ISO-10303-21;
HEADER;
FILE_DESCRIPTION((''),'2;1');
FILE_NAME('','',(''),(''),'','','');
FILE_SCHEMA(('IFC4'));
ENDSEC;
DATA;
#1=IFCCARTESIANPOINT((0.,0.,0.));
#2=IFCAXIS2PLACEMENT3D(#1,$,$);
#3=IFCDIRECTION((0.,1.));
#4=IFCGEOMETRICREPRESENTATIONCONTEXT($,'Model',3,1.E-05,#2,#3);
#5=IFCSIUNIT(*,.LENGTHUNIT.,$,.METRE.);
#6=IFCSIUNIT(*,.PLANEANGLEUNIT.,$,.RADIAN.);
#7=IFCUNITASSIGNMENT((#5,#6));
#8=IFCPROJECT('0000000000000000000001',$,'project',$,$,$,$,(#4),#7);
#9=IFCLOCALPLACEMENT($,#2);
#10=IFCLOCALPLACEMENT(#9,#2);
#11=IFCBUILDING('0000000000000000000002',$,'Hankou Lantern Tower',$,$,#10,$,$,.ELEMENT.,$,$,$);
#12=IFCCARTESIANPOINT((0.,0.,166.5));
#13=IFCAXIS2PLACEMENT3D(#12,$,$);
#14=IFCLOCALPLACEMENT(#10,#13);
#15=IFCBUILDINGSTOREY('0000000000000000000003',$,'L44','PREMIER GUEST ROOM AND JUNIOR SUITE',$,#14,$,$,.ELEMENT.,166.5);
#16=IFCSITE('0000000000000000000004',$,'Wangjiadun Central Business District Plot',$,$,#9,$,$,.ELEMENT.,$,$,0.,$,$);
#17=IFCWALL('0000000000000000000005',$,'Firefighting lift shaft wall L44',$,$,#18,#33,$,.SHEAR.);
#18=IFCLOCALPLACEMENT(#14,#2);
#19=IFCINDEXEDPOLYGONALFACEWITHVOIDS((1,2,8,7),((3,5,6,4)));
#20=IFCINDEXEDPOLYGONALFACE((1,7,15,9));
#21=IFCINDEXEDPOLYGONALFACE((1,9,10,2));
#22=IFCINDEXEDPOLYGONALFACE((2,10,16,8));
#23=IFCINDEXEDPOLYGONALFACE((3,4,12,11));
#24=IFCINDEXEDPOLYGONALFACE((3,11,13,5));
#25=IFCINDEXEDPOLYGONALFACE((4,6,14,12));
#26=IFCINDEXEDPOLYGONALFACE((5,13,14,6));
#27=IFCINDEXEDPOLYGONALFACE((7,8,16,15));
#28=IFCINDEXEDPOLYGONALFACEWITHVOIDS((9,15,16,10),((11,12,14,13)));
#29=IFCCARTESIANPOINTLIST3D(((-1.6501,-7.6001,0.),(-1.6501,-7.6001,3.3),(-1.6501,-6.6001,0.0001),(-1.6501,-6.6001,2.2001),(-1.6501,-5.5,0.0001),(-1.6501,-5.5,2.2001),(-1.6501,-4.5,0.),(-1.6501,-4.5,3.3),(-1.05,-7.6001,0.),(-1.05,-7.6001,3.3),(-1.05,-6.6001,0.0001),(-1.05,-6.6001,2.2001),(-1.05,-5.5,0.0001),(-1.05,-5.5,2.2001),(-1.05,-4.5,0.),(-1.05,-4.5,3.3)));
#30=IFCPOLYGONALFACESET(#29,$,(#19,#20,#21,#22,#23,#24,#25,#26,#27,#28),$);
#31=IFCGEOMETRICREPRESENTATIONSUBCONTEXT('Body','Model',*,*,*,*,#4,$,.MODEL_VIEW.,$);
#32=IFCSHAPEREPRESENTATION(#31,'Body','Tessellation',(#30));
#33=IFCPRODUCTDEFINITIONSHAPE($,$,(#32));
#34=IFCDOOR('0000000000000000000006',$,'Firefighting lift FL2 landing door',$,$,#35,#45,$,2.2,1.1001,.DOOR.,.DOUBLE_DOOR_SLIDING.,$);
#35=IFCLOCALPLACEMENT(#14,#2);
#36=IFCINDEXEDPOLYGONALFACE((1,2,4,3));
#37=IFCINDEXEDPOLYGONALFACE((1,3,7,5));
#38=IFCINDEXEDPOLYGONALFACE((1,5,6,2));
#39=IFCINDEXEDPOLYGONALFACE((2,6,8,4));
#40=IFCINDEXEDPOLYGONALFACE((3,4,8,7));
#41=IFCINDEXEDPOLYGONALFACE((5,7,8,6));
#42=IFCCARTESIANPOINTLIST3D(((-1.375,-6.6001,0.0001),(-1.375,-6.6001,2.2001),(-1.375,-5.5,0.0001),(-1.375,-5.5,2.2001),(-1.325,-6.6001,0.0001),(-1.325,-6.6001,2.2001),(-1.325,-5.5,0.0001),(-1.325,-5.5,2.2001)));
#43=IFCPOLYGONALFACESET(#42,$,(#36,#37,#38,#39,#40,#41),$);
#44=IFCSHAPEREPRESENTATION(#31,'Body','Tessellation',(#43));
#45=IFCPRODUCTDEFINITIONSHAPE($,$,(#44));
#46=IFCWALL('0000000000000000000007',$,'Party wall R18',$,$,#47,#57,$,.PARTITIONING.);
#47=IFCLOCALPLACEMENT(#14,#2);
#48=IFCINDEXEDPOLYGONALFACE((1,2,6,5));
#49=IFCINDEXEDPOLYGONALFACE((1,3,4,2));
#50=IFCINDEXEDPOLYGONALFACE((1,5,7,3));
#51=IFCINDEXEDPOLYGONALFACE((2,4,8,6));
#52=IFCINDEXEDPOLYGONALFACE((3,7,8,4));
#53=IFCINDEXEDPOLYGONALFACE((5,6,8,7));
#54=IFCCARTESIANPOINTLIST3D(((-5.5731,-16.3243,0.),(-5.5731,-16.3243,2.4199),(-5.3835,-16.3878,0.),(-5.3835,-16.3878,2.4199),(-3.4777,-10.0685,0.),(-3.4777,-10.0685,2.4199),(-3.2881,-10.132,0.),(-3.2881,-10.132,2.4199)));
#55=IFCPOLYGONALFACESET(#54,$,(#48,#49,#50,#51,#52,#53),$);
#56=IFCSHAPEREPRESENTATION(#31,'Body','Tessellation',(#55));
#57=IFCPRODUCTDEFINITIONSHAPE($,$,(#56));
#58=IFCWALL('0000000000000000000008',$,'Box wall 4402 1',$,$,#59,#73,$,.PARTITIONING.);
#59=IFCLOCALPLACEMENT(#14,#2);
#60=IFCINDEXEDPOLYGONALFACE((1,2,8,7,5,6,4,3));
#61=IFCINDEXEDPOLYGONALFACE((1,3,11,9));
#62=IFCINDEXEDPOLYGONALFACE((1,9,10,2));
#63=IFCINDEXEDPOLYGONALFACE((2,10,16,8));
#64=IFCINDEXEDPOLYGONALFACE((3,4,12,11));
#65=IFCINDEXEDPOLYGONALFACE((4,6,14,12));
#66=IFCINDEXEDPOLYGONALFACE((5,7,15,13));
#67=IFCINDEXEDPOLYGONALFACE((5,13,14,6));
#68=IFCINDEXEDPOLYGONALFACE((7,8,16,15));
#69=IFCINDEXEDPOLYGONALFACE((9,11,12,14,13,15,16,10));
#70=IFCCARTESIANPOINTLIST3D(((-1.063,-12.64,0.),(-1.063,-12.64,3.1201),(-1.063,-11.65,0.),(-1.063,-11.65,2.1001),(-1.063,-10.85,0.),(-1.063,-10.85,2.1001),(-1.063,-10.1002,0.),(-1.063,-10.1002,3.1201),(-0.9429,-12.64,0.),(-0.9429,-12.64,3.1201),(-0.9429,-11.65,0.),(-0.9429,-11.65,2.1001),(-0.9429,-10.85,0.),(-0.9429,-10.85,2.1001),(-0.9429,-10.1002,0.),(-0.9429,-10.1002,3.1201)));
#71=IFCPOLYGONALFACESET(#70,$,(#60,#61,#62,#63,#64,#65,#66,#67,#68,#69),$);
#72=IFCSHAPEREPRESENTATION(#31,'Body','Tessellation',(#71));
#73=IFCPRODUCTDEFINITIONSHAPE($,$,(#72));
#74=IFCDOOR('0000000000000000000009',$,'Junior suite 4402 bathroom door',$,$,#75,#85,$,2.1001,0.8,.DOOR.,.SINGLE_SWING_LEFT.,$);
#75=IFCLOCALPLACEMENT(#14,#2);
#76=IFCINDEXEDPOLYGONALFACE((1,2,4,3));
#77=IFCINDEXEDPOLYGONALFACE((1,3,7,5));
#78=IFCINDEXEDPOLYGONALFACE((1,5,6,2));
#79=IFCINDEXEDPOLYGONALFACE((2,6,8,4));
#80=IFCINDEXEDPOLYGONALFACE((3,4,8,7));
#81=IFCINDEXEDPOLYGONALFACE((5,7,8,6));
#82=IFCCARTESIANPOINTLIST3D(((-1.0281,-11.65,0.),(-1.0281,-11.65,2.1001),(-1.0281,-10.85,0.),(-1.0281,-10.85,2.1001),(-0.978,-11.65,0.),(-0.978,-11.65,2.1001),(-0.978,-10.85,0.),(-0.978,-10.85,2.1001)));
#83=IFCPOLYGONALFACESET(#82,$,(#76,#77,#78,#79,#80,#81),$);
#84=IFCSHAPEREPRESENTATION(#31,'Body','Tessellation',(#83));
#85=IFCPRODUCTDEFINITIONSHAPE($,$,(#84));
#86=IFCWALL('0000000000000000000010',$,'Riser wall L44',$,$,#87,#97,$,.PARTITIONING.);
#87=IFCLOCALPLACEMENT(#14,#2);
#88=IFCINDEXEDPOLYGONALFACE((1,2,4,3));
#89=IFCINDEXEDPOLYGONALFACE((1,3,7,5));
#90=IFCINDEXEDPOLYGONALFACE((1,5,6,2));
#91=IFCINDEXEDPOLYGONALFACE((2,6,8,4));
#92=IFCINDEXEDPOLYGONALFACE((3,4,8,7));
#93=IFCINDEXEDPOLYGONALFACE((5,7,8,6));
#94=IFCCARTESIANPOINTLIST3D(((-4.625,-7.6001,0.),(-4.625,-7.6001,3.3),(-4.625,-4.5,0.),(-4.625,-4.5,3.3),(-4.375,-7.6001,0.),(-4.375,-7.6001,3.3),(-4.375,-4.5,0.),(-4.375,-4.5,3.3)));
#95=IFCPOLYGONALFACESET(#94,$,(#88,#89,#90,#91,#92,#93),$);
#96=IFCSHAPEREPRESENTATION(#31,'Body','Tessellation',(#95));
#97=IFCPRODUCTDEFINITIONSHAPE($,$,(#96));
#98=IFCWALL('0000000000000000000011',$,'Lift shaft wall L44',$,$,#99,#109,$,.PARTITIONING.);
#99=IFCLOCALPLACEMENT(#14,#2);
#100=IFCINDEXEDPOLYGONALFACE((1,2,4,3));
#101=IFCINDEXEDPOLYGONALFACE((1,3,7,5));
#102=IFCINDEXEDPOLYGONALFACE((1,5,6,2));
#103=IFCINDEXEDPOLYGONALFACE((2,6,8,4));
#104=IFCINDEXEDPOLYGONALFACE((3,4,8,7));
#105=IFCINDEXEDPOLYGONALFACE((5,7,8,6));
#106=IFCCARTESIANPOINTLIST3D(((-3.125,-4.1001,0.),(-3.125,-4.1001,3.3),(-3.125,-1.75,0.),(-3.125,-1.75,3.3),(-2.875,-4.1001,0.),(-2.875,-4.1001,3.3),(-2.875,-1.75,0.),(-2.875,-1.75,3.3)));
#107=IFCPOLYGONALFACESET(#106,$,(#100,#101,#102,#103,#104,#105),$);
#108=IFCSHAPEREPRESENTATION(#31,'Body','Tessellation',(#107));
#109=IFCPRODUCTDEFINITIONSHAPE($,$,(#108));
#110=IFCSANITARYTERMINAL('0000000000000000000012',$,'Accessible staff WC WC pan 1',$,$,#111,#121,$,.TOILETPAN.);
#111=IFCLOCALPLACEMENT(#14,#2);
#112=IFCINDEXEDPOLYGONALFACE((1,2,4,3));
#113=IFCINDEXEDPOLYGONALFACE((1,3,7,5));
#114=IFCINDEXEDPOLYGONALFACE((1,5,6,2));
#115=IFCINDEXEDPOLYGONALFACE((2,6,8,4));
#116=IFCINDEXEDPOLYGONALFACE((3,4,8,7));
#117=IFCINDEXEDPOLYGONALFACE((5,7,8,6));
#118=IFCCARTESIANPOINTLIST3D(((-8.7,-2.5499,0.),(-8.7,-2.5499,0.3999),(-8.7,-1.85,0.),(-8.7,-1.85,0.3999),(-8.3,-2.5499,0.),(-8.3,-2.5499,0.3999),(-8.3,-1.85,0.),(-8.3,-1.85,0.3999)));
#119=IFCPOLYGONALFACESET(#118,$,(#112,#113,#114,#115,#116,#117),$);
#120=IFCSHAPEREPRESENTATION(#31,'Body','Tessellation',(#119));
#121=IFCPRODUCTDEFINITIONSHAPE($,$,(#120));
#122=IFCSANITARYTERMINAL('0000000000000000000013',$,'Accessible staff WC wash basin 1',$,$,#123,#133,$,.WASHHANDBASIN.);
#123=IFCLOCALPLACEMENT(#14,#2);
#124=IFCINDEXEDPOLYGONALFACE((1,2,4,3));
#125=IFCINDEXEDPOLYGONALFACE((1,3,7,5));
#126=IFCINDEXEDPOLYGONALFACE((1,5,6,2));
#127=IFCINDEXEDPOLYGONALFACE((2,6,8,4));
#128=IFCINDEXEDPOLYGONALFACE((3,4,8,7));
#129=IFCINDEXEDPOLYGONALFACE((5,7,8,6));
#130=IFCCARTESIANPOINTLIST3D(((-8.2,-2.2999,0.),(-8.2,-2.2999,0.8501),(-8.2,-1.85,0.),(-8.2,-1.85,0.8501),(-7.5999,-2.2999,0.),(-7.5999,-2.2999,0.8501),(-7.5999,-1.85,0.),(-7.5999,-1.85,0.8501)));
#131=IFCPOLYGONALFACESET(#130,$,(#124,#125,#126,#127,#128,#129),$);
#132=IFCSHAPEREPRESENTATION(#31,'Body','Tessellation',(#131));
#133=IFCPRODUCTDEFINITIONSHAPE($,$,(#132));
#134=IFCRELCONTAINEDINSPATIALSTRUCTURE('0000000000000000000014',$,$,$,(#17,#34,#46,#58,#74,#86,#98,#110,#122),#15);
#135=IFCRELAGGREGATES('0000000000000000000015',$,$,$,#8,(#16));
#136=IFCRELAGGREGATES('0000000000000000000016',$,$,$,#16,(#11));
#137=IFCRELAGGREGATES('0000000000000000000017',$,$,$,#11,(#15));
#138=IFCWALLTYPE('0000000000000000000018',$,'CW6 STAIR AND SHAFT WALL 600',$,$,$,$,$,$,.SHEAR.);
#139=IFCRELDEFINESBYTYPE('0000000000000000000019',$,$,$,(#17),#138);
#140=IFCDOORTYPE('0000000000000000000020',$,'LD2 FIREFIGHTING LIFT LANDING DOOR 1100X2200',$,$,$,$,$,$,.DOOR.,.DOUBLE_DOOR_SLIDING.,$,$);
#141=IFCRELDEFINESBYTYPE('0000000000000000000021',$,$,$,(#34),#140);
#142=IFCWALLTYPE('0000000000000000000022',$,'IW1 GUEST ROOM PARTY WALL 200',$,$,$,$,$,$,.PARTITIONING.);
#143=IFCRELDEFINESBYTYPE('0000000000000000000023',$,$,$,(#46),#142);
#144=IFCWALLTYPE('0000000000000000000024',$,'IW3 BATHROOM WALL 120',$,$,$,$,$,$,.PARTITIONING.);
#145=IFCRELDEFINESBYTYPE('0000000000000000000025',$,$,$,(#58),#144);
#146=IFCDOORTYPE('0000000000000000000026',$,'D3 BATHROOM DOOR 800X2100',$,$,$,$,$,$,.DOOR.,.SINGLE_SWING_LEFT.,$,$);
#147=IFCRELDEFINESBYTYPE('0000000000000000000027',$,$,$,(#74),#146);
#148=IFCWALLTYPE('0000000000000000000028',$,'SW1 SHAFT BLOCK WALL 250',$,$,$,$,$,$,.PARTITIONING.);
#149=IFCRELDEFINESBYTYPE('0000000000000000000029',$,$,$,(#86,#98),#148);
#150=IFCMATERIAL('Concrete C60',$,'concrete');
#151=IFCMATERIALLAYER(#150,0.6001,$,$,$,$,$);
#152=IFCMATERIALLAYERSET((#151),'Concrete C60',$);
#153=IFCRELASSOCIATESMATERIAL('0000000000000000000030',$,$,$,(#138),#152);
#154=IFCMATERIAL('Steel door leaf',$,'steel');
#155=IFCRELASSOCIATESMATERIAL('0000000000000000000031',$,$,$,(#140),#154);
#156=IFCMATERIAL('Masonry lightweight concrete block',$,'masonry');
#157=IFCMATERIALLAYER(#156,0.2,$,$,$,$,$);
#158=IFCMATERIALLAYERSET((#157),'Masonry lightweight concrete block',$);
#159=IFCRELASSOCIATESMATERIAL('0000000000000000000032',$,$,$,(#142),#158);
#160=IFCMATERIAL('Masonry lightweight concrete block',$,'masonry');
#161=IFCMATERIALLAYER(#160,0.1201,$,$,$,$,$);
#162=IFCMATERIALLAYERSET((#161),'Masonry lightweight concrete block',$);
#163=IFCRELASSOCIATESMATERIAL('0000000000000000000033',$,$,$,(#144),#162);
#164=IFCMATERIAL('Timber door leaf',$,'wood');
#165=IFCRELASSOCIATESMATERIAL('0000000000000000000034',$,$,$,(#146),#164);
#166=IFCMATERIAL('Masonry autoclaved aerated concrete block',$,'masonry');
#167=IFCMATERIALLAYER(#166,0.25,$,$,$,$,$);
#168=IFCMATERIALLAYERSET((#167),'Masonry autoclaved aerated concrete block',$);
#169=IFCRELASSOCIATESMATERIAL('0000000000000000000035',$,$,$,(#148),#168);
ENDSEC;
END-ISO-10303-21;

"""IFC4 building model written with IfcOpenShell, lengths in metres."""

from ifc_helpers import new_model, si_unit, direction, frame, frame_2d, origin, origin_2d, place, context, subcontext, project, spatial, rectangle, extrude, material, layer, layer_set, type_object, element, fill, save


model = new_model("IFC4")

# Units and contexts
model_context = context("Model", 3, precision=1e-05, world=origin(), true_north=direction((0.0, 1.0)))
body_context = subcontext(model_context, "Body", "Model", "MODEL_VIEW")
ifc_project = project(units=[si_unit("LENGTHUNIT", "METRE"), si_unit("PLANEANGLEUNIT", "RADIAN")], contexts=[model_context])

# Site, building, storey
site_placement = place(None, origin())
site = spatial("IfcSite", under=ifc_project, at=site_placement, Name="Wangjiadun Central Business District Plot", CompositionType="ELEMENT", RefElevation=0.0)
building_placement = place(site_placement, origin())
building = spatial("IfcBuilding", under=site, at=building_placement, Name="Hankou Lantern Tower", CompositionType="ELEMENT")
storey_placement = place(building_placement, frame((0.0, 0.0, 166.5)))
storey = spatial("IfcBuildingStorey", under=building, at=storey_placement, Name="L44", Description="PREMIER GUEST ROOM AND JUNIOR SUITE", CompositionType="ELEMENT", Elevation=166.5)

# Wall, opening, door
ifc_material_1 = material(Name="Concrete C60", Category="concrete")
ifc_layer_1 = layer(ifc_material_1, 0.6001)
ifc_layer_set_1 = layer_set([ifc_layer_1], Name="Concrete C60")
wall_type_1 = type_object("IfcWallType", Name="CW6 STAIR AND SHAFT WALL 600", PredefinedType="SHEAR", material=ifc_layer_set_1)
wall_1_placement = place(storey_placement, frame((-1.3501, -7.6001, 0.0), z_axis=(0.0, 0.0, 1.0), x_axis=(0.0, 1.0, 0.0)))
wall_1 = element("IfcWall", 1, at=wall_1_placement, inside=storey, type_object=wall_type_1, Name="Firefighting lift shaft wall L44", PredefinedType="SHEAR", context=body_context, shape_type="SweptSolid", body=[
    extrude(rectangle(XDim=3.1001, YDim=0.6001, at=frame_2d((1.55, 0.0))), origin(), (0.0, 0.0, 1.0), 3.3),
])
opening_1_placement = place(wall_1_placement, frame((1.0, 0.0, 0.0)))
opening_1 = element("IfcOpeningElement", 2, at=opening_1_placement, cuts=wall_1, PredefinedType="OPENING", context=body_context, shape_type="SweptSolid", body=[
    extrude(rectangle(XDim=1.1001, YDim=2.2, at=frame_2d((0.55, 1.1001))), frame((0.0, 0.3101, 0.0), z_axis=(0.0, -1.0, 0.0), x_axis=(1.0, 0.0, 0.0)), (0.0, 0.0, 1.0), 0.6201),
])
ifc_material_2 = material(Name="Steel door leaf", Category="steel")
door_type_1 = type_object("IfcDoorType", Name="LD2 FIREFIGHTING LIFT LANDING DOOR 1100X2200", OperationType="DOUBLE_DOOR_SLIDING", PredefinedType="DOOR", material=ifc_material_2)
door_1_placement = place(opening_1_placement, origin())
door_1 = element("IfcDoor", 3, at=door_1_placement, inside=storey, type_object=door_type_1, Name="Firefighting lift FL2 landing door", OperationType="DOUBLE_DOOR_SLIDING", OverallHeight=2.2, OverallWidth=1.1001, PredefinedType="DOOR", context=body_context, shape_type="SweptSolid", body=[
    extrude(rectangle(XDim=1.1001, YDim=2.2, at=frame_2d((0.55, 1.1001))), frame((0.0, 0.0249, 0.0), z_axis=(0.0, -1.0, 0.0), x_axis=(1.0, 0.0, 0.0)), (0.0, 0.0, 1.0), 0.05),
])
fill(opening_1, door_1)

# Wall
ifc_material_3 = material(Name="Masonry lightweight concrete block", Category="masonry")
ifc_layer_2 = layer(ifc_material_3, 0.2)
ifc_layer_set_2 = layer_set([ifc_layer_2], Name="Masonry lightweight concrete block")
wall_type_2 = type_object("IfcWallType", Name="IW1 GUEST ROOM PARTY WALL 200", PredefinedType="PARTITIONING", material=ifc_layer_set_2)
wall_2_placement = place(storey_placement, frame((-3.3828, -10.1001, 0.0), z_axis=(0.0, 0.0, 1.0), x_axis=(-0.317615, -0.94822, 0.0)))
element("IfcWall", 4, at=wall_2_placement, inside=storey, type_object=wall_type_2, Name="Party wall R18", PredefinedType="PARTITIONING", context=body_context, shape_type="SweptSolid", body=[
    extrude(rectangle(XDim=6.5974, YDim=0.2, at=frame_2d((3.2988, 0.0))), origin(), (0.0, 0.0, 1.0), 2.4199),
])

# Wall, opening, door
ifc_material_4 = material(Name="Masonry lightweight concrete block", Category="masonry")
ifc_layer_3 = layer(ifc_material_4, 0.1201)
ifc_layer_set_3 = layer_set([ifc_layer_3], Name="Masonry lightweight concrete block")
wall_type_3 = type_object("IfcWallType", Name="IW3 BATHROOM WALL 120", PredefinedType="PARTITIONING", material=ifc_layer_set_3)
wall_3_placement = place(storey_placement, frame((-1.0029, -10.1001, 0.0), z_axis=(0.0, 0.0, 1.0), x_axis=(0.0, -1.0, 0.0)))
wall_3 = element("IfcWall", 5, at=wall_3_placement, inside=storey, type_object=wall_type_3, Name="Box wall 4402 1", PredefinedType="PARTITIONING", context=body_context, shape_type="SweptSolid", body=[
    extrude(rectangle(XDim=2.5398, YDim=0.1201, at=frame_2d((1.27, 0.0))), origin(), (0.0, 0.0, 1.0), 3.1201),
])
opening_2_placement = place(wall_3_placement, frame((0.75, 0.0, 0.0)))
opening_2 = element("IfcOpeningElement", 6, at=opening_2_placement, cuts=wall_3, PredefinedType="OPENING", context=body_context, shape_type="SweptSolid", body=[
    extrude(rectangle(XDim=0.8, YDim=2.1001, at=frame_2d((0.3999, 1.05))), frame((0.0, 0.0701, 0.0), z_axis=(0.0, -1.0, 0.0), x_axis=(1.0, 0.0, 0.0)), (0.0, 0.0, 1.0), 0.1401),
])
ifc_material_5 = material(Name="Timber door leaf", Category="wood")
door_type_2 = type_object("IfcDoorType", Name="D3 BATHROOM DOOR 800X2100", OperationType="SINGLE_SWING_LEFT", PredefinedType="DOOR", material=ifc_material_5)
door_2_placement = place(opening_2_placement, origin())
door_2 = element("IfcDoor", 7, at=door_2_placement, inside=storey, type_object=door_type_2, Name="Junior suite 4402 bathroom door", OperationType="SINGLE_SWING_LEFT", OverallHeight=2.1001, OverallWidth=0.8, PredefinedType="DOOR", context=body_context, shape_type="SweptSolid", body=[
    extrude(rectangle(XDim=0.8, YDim=2.1001, at=frame_2d((0.3999, 1.05))), frame((0.0, 0.0249, 0.0), z_axis=(0.0, -1.0, 0.0), x_axis=(1.0, 0.0, 0.0)), (0.0, 0.0, 1.0), 0.05),
])
fill(opening_2, door_2)

# Walls
ifc_material_6 = material(Name="Masonry autoclaved aerated concrete block", Category="masonry")
ifc_layer_4 = layer(ifc_material_6, 0.25)
ifc_layer_set_4 = layer_set([ifc_layer_4], Name="Masonry autoclaved aerated concrete block")
wall_type_4 = type_object("IfcWallType", Name="SW1 SHAFT BLOCK WALL 250", PredefinedType="PARTITIONING", material=ifc_layer_set_4)
wall_4_placement = place(storey_placement, frame((-4.5, -7.6001, 0.0), z_axis=(0.0, 0.0, 1.0), x_axis=(0.0, 1.0, 0.0)))
element("IfcWall", 8, at=wall_4_placement, inside=storey, type_object=wall_type_4, Name="Riser wall L44", PredefinedType="PARTITIONING", context=body_context, shape_type="SweptSolid", body=[
    extrude(rectangle(XDim=3.1001, YDim=0.25, at=frame_2d((1.55, 0.0))), origin(), (0.0, 0.0, 1.0), 3.3),
])
wall_5_placement = place(storey_placement, frame((-3.0, -4.1001, 0.0), z_axis=(0.0, 0.0, 1.0), x_axis=(0.0, 1.0, 0.0)))
element("IfcWall", 9, at=wall_5_placement, inside=storey, type_object=wall_type_4, Name="Lift shaft wall L44", PredefinedType="PARTITIONING", context=body_context, shape_type="SweptSolid", body=[
    extrude(rectangle(XDim=2.3501, YDim=0.25, at=frame_2d((1.175, 0.0))), origin(), (0.0, 0.0, 1.0), 3.3),
])

# Sanitary terminals
sanitary_terminal_1_placement = place(storey_placement, frame((-8.5, -2.2, 0.0), z_axis=(0.0, 0.0, 1.0), x_axis=(1.0, 0.0, 0.0)))
element("IfcSanitaryTerminal", 10, at=sanitary_terminal_1_placement, inside=storey, Name="Accessible staff WC WC pan 1", PredefinedType="TOILETPAN", context=body_context, shape_type="SweptSolid", body=[
    extrude(rectangle(XDim=0.3999, YDim=0.7, at=origin_2d()), origin(), (0.0, 0.0, 1.0), 0.3999),
])
sanitary_terminal_2_placement = place(storey_placement, frame((-7.8999, -2.075, 0.0), z_axis=(0.0, 0.0, 1.0), x_axis=(1.0, 0.0, 0.0)))
element("IfcSanitaryTerminal", 11, at=sanitary_terminal_2_placement, inside=storey, Name="Accessible staff WC wash basin 1", PredefinedType="WASHHANDBASIN", context=body_context, shape_type="SweptSolid", body=[
    extrude(rectangle(XDim=0.6001, YDim=0.45, at=origin_2d()), origin(), (0.0, 0.0, 1.0), 0.8501),
])

save(model, "model.ifc")
